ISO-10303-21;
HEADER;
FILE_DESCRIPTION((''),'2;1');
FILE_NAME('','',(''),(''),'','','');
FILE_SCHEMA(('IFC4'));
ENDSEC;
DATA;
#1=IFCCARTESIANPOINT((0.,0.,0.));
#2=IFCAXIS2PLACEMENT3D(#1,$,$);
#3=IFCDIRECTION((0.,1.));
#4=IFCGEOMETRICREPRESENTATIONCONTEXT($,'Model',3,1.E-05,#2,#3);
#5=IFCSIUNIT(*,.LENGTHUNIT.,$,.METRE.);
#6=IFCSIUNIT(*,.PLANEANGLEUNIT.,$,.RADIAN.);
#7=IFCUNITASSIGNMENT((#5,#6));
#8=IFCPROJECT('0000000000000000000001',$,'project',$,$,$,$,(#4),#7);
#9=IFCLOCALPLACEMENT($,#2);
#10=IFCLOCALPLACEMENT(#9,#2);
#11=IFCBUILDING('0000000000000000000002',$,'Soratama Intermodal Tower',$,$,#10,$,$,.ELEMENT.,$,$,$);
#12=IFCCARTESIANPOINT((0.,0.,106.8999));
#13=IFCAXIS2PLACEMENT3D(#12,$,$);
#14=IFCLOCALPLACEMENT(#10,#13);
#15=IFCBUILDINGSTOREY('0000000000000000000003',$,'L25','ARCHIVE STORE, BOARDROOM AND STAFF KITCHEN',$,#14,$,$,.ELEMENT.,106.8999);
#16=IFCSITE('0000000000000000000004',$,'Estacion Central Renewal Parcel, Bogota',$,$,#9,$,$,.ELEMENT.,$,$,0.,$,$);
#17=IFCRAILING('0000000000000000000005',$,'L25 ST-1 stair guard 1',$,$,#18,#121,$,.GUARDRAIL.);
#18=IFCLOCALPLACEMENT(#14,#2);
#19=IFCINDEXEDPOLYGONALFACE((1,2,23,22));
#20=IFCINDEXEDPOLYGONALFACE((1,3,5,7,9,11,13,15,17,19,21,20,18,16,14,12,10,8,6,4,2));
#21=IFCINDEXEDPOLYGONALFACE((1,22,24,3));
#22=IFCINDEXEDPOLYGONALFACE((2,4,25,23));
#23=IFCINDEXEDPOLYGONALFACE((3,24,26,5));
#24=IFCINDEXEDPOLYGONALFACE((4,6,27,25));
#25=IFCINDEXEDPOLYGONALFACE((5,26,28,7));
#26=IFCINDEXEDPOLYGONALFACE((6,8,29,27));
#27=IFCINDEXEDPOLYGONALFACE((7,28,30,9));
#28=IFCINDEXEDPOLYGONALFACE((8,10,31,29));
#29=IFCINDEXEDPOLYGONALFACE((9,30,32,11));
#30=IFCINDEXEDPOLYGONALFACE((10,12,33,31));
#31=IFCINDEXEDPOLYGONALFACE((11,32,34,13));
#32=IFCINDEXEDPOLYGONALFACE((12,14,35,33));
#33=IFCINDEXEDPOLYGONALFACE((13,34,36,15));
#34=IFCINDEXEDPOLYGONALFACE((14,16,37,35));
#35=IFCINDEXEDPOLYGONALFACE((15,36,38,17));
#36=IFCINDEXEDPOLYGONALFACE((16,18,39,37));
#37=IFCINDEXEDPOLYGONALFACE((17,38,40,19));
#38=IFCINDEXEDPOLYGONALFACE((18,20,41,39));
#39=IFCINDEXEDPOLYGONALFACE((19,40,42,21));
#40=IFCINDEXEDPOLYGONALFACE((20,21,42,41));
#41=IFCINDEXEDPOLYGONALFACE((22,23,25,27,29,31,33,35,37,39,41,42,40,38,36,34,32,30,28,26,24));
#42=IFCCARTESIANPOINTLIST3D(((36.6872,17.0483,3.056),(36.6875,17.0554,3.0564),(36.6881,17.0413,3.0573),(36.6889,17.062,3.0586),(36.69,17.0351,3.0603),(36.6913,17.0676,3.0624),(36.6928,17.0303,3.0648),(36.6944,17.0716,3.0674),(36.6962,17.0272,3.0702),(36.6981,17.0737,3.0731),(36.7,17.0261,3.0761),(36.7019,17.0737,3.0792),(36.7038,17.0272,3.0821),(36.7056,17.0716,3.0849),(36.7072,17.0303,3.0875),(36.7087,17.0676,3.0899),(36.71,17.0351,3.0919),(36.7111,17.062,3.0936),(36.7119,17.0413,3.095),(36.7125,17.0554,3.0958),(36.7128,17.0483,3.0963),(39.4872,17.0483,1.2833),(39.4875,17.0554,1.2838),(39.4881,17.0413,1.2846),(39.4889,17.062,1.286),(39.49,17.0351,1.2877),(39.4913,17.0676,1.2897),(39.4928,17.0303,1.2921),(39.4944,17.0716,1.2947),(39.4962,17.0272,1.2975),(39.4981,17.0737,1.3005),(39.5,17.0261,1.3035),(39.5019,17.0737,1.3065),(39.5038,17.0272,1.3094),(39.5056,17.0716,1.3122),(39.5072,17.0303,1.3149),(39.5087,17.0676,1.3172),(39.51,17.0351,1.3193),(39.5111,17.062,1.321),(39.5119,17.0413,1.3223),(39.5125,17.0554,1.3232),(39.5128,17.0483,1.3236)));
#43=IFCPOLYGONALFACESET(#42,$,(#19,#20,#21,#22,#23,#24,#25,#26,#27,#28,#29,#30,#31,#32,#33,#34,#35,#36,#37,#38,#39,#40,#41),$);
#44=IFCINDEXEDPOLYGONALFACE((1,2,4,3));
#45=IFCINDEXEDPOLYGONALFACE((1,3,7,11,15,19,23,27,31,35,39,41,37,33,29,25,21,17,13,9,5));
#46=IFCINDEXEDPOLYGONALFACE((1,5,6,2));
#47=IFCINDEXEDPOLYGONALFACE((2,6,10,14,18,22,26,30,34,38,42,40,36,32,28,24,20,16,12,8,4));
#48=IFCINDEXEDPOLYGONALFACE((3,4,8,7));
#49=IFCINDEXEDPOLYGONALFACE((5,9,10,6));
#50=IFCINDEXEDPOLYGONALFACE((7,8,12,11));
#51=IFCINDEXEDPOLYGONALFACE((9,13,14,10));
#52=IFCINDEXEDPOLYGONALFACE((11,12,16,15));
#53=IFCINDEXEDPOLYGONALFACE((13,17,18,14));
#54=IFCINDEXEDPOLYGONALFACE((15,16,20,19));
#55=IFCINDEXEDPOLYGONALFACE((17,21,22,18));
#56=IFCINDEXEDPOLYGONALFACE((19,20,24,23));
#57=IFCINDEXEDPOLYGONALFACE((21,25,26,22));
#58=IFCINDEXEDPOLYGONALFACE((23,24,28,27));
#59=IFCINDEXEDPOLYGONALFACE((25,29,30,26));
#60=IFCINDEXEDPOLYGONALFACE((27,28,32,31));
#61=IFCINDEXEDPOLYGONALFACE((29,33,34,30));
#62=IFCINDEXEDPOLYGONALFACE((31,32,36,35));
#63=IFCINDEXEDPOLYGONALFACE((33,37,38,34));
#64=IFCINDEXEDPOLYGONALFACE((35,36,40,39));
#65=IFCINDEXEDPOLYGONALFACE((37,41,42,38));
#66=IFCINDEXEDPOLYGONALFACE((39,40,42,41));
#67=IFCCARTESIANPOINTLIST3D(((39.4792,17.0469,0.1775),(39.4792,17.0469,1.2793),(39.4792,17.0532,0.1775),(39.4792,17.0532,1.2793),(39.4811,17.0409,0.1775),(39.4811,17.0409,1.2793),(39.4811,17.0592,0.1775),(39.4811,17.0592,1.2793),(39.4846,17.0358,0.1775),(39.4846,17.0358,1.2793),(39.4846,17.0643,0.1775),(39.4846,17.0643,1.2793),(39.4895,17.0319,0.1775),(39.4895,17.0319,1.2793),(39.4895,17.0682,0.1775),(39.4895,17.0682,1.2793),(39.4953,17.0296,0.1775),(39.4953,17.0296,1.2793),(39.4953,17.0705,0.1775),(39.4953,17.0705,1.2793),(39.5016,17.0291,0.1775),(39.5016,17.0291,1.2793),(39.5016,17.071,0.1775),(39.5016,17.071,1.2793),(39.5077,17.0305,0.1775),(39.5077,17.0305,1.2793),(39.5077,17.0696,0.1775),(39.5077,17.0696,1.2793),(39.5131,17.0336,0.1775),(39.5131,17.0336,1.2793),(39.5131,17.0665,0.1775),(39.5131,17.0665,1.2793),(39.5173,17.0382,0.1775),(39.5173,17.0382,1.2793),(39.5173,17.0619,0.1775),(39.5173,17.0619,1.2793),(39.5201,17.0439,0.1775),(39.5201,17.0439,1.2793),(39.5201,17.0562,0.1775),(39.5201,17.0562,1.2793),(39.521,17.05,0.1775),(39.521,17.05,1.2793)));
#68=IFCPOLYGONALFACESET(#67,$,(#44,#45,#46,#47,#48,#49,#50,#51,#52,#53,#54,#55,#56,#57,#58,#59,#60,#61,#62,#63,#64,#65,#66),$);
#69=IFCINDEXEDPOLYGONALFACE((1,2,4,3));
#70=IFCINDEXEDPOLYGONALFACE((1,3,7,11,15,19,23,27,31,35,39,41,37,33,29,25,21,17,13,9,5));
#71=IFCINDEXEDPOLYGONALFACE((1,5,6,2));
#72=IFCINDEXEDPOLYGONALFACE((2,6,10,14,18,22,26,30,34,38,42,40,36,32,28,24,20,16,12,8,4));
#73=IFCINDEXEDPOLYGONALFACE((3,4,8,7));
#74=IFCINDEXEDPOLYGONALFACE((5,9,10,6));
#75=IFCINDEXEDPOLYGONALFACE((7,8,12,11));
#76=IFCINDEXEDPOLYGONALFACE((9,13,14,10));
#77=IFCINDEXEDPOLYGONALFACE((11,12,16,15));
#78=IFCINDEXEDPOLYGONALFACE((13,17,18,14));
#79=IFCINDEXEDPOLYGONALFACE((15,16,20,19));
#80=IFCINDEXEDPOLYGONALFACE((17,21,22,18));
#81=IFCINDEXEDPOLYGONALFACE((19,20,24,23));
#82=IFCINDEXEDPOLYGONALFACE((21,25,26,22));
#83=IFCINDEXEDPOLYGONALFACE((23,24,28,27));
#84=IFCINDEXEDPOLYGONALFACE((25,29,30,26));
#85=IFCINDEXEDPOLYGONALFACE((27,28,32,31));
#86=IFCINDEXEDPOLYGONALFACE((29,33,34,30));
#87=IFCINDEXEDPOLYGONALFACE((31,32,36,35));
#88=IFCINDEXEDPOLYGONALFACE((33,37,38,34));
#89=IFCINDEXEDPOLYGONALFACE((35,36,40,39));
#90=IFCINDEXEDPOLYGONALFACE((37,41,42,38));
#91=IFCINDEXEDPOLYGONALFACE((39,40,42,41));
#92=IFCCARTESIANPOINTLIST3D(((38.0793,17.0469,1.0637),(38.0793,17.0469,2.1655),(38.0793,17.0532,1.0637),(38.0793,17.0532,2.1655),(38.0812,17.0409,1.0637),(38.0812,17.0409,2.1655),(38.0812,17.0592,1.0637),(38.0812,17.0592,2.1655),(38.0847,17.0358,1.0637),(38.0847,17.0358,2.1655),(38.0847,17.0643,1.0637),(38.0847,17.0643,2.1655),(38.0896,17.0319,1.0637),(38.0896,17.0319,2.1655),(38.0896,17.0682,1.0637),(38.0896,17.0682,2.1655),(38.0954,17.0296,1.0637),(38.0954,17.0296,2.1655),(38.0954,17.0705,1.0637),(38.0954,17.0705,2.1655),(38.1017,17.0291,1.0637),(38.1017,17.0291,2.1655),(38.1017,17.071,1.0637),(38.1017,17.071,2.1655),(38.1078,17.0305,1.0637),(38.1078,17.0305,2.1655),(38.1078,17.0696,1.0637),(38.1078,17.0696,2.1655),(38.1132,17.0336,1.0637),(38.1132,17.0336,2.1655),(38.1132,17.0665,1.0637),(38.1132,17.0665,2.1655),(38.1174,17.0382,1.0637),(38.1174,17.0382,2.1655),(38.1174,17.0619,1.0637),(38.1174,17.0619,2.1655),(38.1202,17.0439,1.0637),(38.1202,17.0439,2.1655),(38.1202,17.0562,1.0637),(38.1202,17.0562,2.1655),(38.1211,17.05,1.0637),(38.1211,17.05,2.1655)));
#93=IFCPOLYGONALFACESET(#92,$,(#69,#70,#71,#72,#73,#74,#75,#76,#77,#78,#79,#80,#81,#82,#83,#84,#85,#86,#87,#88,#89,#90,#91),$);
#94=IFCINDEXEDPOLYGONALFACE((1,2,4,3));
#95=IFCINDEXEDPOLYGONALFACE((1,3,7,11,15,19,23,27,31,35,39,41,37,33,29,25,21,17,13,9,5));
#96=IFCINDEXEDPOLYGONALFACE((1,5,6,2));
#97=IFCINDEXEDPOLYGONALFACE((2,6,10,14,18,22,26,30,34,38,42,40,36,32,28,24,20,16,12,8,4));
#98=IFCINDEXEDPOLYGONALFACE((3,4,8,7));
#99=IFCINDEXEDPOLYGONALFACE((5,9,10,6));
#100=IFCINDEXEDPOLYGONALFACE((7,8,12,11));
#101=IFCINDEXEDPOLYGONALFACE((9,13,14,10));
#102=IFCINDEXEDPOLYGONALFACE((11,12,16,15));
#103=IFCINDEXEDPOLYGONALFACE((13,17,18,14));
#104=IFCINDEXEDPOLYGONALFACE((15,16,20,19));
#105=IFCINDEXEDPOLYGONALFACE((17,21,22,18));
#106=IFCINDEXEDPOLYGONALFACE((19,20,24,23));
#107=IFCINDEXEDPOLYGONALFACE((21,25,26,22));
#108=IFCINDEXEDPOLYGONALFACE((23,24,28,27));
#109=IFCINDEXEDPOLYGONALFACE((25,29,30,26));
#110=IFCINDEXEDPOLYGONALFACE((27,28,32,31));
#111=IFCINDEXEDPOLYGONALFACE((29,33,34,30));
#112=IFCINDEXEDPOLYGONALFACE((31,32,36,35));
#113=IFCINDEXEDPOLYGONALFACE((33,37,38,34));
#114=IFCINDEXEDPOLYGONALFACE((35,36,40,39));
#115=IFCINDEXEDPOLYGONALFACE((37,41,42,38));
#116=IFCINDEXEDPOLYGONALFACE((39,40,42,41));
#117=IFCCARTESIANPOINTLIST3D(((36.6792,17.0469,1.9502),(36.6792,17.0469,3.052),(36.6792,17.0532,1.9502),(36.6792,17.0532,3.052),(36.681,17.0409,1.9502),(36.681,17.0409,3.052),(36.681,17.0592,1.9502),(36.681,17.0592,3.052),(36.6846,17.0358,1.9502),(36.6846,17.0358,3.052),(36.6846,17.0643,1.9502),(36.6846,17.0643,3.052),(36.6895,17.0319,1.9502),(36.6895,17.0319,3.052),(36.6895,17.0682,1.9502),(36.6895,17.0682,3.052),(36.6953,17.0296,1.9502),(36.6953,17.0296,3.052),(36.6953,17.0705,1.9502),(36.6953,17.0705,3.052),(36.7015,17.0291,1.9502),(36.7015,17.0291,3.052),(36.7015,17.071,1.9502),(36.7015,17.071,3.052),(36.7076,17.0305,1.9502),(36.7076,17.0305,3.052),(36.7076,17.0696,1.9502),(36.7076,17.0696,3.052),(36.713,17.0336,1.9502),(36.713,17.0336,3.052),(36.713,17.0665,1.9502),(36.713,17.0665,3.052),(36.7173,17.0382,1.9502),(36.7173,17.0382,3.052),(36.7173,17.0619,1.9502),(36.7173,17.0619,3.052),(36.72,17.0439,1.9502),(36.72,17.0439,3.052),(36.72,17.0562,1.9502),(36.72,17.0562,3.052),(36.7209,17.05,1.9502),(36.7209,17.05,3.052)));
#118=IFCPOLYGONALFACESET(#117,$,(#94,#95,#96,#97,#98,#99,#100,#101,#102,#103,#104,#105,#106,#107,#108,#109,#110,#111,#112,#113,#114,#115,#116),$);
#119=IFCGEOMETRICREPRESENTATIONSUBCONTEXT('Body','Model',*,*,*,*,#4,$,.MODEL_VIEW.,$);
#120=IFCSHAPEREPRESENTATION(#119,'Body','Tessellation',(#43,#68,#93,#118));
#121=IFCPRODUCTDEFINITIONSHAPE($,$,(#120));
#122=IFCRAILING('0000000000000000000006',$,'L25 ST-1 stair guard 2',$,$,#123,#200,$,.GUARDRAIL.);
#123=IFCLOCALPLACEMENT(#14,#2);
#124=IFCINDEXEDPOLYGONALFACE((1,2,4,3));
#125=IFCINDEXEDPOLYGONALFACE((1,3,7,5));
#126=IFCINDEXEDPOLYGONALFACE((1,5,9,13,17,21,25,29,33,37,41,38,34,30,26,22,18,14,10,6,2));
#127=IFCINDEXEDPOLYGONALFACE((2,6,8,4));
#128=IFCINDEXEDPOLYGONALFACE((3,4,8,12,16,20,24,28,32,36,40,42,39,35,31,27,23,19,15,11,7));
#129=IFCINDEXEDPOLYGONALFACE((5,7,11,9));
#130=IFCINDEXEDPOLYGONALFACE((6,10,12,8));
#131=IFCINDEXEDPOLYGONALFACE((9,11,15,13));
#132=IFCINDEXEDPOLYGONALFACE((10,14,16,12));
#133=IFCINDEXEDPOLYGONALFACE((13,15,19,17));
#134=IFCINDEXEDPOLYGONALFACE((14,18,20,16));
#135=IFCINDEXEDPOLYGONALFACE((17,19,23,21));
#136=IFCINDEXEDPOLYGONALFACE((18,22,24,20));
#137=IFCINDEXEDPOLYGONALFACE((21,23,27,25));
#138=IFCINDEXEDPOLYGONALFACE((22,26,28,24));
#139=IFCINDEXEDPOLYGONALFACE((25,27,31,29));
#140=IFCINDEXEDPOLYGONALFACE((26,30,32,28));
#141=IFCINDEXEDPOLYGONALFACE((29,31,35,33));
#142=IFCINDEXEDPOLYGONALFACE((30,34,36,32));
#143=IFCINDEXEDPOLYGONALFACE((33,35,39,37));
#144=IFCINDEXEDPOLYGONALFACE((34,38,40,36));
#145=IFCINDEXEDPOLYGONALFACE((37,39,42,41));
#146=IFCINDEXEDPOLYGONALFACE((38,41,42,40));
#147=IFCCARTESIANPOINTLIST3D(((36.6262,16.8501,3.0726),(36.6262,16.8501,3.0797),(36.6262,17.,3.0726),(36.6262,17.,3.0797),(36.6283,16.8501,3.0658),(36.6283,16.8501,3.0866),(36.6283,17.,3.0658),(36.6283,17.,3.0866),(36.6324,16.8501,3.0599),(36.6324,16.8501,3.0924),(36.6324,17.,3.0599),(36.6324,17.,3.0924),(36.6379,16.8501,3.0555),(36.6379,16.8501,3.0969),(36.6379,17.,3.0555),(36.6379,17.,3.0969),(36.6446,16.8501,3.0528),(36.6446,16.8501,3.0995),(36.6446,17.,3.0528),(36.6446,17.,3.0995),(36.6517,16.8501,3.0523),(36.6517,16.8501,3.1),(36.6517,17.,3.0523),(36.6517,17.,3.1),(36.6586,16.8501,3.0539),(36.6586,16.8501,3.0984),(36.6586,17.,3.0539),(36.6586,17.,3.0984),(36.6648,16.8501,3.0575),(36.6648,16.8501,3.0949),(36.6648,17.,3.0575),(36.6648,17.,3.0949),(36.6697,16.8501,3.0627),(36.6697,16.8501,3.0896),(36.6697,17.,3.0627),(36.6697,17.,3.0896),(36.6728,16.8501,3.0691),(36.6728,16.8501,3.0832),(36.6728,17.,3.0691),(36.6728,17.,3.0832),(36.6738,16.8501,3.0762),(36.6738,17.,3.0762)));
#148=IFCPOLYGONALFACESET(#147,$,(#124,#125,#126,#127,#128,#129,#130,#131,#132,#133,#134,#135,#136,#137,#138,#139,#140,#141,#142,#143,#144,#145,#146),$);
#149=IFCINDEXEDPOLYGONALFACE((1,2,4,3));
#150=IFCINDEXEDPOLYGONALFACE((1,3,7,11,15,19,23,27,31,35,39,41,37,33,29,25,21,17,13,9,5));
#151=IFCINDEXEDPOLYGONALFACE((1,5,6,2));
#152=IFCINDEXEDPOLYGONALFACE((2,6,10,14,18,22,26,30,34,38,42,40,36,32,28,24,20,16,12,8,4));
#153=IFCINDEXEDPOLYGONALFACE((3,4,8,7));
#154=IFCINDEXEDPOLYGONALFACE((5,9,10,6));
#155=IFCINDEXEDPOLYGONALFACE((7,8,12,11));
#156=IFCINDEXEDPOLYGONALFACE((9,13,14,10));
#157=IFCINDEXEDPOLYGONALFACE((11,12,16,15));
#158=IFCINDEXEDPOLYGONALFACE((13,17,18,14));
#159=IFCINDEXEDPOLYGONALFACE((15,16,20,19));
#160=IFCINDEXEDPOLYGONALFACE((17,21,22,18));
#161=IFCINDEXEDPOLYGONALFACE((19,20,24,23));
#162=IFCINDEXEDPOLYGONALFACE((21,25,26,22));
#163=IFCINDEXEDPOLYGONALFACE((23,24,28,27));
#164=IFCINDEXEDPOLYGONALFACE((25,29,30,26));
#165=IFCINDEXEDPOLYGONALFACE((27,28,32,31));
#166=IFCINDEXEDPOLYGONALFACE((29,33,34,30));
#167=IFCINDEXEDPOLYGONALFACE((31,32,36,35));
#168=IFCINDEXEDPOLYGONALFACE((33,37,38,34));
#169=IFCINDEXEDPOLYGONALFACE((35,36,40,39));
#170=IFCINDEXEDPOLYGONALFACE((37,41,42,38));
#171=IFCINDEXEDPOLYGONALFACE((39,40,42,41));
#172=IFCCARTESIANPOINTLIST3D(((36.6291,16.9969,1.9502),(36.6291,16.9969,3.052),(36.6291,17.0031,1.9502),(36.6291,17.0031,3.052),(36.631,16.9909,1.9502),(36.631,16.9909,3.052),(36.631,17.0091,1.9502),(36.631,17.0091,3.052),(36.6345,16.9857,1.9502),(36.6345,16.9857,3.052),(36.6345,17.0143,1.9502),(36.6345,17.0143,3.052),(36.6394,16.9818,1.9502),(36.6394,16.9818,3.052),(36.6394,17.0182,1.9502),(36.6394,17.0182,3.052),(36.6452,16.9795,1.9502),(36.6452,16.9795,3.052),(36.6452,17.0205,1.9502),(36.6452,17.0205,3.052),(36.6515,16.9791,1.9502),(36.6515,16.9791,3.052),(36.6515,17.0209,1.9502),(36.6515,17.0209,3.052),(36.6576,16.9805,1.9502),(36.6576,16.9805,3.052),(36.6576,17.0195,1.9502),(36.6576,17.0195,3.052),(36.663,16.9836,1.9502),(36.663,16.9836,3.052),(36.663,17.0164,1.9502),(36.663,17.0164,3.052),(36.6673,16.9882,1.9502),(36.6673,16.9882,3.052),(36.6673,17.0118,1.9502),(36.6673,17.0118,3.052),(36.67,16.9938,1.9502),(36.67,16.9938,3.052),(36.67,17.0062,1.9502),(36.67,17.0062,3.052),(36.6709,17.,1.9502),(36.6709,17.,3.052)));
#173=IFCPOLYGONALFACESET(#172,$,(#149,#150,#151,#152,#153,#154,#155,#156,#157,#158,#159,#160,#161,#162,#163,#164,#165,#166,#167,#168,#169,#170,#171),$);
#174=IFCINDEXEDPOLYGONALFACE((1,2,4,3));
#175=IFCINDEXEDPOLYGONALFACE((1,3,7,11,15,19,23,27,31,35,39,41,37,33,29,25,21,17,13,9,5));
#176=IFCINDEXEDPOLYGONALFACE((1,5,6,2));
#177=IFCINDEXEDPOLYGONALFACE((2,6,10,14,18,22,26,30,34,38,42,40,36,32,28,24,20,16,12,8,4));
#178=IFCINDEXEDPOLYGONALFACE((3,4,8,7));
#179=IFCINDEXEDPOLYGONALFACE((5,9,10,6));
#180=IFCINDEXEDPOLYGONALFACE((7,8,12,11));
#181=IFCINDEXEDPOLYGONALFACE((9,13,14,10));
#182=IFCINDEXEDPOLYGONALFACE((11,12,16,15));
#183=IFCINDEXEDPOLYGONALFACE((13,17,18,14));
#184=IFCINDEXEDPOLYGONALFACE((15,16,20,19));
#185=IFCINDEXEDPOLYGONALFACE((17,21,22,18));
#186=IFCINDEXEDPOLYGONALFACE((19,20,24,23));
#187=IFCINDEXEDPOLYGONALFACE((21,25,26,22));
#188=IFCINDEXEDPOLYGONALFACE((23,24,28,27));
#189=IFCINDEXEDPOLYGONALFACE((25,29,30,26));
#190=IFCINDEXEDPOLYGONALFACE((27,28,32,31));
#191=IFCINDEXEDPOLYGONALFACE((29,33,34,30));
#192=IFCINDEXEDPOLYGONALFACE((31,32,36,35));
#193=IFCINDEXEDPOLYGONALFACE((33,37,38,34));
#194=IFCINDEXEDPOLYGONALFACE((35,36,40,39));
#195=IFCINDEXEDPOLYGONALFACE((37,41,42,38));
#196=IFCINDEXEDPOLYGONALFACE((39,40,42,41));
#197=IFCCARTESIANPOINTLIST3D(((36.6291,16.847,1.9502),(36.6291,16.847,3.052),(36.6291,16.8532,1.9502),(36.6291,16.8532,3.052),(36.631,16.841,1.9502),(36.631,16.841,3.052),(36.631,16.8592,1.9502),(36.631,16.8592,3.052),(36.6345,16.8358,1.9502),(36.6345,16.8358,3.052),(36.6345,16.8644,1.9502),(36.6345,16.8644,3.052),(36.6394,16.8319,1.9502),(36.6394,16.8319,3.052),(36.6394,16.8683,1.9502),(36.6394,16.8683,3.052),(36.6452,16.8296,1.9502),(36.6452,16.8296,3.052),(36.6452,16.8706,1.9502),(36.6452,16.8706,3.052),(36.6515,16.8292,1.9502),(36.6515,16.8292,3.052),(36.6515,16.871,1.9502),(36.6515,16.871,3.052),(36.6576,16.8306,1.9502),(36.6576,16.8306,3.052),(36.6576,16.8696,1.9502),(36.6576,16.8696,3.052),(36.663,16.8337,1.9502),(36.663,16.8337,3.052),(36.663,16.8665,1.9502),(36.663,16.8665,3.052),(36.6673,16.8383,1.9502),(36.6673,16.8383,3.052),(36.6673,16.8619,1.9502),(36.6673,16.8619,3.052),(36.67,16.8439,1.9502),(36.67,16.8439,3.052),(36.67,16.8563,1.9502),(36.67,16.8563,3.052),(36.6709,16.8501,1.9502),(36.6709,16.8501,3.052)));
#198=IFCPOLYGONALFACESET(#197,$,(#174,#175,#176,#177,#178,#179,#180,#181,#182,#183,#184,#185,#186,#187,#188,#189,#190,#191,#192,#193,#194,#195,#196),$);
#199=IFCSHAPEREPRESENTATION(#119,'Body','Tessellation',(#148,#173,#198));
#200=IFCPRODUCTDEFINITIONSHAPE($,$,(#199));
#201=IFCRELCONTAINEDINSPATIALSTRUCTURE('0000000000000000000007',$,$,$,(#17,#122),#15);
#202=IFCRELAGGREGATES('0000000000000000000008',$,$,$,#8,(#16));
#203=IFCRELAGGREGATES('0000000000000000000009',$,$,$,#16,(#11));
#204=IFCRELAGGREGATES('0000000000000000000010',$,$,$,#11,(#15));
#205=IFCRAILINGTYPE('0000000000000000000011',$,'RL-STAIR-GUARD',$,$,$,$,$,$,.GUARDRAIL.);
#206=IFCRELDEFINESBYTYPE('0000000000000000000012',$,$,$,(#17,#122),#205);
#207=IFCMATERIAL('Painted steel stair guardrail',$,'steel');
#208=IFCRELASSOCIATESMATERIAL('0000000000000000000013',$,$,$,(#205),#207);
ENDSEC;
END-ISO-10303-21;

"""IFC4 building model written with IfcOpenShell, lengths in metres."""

from ifc_helpers import new_model, si_unit, direction, frame, origin, origin_2d, place, context, subcontext, project, spatial, circle, extrude, material, type_object, element, save


model = new_model("IFC4")

# Units and contexts
model_context = context("Model", 3, precision=1e-05, world=origin(), true_north=direction((0.0, 1.0)))
body_context = subcontext(model_context, "Body", "Model", "MODEL_VIEW")
ifc_project = project(units=[si_unit("LENGTHUNIT", "METRE"), si_unit("PLANEANGLEUNIT", "RADIAN")], contexts=[model_context])

# Site, building, storey
site_placement = place(None, origin())
site = spatial("IfcSite", under=ifc_project, at=site_placement, Name="Estacion Central Renewal Parcel, Bogota", CompositionType="ELEMENT", RefElevation=0.0)
building_placement = place(site_placement, origin())
building = spatial("IfcBuilding", under=site, at=building_placement, Name="Soratama Intermodal Tower", CompositionType="ELEMENT")
storey_placement = place(building_placement, frame((0.0, 0.0, 106.8999)))
storey = spatial("IfcBuildingStorey", under=building, at=storey_placement, Name="L25", Description="ARCHIVE STORE, BOARDROOM AND STAFF KITCHEN", CompositionType="ELEMENT", Elevation=106.8999)

# Railings
ifc_material_1 = material(Name="Painted steel stair guardrail", Category="steel")
railing_type_1 = type_object("IfcRailingType", Name="RL-STAIR-GUARD", PredefinedType="GUARDRAIL", material=ifc_material_1)
railing_1_placement = place(storey_placement, frame((39.5, 17.05, 0.1775)))
element("IfcRailing", 1, at=railing_1_placement, inside=storey, type_object=railing_type_1, Name="L25 ST-1 stair guard 1", PredefinedType="GUARDRAIL", context=body_context, shape_type="SweptSolid", body=[
    extrude(circle(Radius=0.0239, at=origin_2d()), frame((0.0, 0.0, 1.126), z_axis=(-0.844909, 0.0, 0.53491), x_axis=(0.0, -1.0, 0.0)), (0.0, 0.0, 1.0), 3.314),
    extrude(circle(Radius=0.021, at=origin_2d()), origin(), (0.0, 0.0, 1.0), 1.1018),
    extrude(circle(Radius=0.021, at=origin_2d()), frame((-1.3999, 0.0, 0.8862)), (0.0, 0.0, 1.0), 1.1018),
    extrude(circle(Radius=0.021, at=origin_2d()), frame((-2.8, 0.0, 1.7727)), (0.0, 0.0, 1.0), 1.1018),
])
railing_2_placement = place(storey_placement, frame((36.6499, 17.0, 1.9502)))
element("IfcRailing", 2, at=railing_2_placement, inside=storey, type_object=railing_type_1, Name="L25 ST-1 stair guard 2", PredefinedType="GUARDRAIL", context=body_context, shape_type="SweptSolid", body=[
    extrude(circle(Radius=0.0239, at=origin_2d()), frame((0.0, 0.0, 1.126), z_axis=(0.0, -1.0, 0.0), x_axis=(1.0, 0.0, 0.0)), (0.0, 0.0, 1.0), 0.1499),
    extrude(circle(Radius=0.021, at=origin_2d()), origin(), (0.0, 0.0, 1.0), 1.1018),
    extrude(circle(Radius=0.021, at=origin_2d()), frame((0.0, -0.1499, 0.0)), (0.0, 0.0, 1.0), 1.1018),
])

save(model, "model.ifc")
